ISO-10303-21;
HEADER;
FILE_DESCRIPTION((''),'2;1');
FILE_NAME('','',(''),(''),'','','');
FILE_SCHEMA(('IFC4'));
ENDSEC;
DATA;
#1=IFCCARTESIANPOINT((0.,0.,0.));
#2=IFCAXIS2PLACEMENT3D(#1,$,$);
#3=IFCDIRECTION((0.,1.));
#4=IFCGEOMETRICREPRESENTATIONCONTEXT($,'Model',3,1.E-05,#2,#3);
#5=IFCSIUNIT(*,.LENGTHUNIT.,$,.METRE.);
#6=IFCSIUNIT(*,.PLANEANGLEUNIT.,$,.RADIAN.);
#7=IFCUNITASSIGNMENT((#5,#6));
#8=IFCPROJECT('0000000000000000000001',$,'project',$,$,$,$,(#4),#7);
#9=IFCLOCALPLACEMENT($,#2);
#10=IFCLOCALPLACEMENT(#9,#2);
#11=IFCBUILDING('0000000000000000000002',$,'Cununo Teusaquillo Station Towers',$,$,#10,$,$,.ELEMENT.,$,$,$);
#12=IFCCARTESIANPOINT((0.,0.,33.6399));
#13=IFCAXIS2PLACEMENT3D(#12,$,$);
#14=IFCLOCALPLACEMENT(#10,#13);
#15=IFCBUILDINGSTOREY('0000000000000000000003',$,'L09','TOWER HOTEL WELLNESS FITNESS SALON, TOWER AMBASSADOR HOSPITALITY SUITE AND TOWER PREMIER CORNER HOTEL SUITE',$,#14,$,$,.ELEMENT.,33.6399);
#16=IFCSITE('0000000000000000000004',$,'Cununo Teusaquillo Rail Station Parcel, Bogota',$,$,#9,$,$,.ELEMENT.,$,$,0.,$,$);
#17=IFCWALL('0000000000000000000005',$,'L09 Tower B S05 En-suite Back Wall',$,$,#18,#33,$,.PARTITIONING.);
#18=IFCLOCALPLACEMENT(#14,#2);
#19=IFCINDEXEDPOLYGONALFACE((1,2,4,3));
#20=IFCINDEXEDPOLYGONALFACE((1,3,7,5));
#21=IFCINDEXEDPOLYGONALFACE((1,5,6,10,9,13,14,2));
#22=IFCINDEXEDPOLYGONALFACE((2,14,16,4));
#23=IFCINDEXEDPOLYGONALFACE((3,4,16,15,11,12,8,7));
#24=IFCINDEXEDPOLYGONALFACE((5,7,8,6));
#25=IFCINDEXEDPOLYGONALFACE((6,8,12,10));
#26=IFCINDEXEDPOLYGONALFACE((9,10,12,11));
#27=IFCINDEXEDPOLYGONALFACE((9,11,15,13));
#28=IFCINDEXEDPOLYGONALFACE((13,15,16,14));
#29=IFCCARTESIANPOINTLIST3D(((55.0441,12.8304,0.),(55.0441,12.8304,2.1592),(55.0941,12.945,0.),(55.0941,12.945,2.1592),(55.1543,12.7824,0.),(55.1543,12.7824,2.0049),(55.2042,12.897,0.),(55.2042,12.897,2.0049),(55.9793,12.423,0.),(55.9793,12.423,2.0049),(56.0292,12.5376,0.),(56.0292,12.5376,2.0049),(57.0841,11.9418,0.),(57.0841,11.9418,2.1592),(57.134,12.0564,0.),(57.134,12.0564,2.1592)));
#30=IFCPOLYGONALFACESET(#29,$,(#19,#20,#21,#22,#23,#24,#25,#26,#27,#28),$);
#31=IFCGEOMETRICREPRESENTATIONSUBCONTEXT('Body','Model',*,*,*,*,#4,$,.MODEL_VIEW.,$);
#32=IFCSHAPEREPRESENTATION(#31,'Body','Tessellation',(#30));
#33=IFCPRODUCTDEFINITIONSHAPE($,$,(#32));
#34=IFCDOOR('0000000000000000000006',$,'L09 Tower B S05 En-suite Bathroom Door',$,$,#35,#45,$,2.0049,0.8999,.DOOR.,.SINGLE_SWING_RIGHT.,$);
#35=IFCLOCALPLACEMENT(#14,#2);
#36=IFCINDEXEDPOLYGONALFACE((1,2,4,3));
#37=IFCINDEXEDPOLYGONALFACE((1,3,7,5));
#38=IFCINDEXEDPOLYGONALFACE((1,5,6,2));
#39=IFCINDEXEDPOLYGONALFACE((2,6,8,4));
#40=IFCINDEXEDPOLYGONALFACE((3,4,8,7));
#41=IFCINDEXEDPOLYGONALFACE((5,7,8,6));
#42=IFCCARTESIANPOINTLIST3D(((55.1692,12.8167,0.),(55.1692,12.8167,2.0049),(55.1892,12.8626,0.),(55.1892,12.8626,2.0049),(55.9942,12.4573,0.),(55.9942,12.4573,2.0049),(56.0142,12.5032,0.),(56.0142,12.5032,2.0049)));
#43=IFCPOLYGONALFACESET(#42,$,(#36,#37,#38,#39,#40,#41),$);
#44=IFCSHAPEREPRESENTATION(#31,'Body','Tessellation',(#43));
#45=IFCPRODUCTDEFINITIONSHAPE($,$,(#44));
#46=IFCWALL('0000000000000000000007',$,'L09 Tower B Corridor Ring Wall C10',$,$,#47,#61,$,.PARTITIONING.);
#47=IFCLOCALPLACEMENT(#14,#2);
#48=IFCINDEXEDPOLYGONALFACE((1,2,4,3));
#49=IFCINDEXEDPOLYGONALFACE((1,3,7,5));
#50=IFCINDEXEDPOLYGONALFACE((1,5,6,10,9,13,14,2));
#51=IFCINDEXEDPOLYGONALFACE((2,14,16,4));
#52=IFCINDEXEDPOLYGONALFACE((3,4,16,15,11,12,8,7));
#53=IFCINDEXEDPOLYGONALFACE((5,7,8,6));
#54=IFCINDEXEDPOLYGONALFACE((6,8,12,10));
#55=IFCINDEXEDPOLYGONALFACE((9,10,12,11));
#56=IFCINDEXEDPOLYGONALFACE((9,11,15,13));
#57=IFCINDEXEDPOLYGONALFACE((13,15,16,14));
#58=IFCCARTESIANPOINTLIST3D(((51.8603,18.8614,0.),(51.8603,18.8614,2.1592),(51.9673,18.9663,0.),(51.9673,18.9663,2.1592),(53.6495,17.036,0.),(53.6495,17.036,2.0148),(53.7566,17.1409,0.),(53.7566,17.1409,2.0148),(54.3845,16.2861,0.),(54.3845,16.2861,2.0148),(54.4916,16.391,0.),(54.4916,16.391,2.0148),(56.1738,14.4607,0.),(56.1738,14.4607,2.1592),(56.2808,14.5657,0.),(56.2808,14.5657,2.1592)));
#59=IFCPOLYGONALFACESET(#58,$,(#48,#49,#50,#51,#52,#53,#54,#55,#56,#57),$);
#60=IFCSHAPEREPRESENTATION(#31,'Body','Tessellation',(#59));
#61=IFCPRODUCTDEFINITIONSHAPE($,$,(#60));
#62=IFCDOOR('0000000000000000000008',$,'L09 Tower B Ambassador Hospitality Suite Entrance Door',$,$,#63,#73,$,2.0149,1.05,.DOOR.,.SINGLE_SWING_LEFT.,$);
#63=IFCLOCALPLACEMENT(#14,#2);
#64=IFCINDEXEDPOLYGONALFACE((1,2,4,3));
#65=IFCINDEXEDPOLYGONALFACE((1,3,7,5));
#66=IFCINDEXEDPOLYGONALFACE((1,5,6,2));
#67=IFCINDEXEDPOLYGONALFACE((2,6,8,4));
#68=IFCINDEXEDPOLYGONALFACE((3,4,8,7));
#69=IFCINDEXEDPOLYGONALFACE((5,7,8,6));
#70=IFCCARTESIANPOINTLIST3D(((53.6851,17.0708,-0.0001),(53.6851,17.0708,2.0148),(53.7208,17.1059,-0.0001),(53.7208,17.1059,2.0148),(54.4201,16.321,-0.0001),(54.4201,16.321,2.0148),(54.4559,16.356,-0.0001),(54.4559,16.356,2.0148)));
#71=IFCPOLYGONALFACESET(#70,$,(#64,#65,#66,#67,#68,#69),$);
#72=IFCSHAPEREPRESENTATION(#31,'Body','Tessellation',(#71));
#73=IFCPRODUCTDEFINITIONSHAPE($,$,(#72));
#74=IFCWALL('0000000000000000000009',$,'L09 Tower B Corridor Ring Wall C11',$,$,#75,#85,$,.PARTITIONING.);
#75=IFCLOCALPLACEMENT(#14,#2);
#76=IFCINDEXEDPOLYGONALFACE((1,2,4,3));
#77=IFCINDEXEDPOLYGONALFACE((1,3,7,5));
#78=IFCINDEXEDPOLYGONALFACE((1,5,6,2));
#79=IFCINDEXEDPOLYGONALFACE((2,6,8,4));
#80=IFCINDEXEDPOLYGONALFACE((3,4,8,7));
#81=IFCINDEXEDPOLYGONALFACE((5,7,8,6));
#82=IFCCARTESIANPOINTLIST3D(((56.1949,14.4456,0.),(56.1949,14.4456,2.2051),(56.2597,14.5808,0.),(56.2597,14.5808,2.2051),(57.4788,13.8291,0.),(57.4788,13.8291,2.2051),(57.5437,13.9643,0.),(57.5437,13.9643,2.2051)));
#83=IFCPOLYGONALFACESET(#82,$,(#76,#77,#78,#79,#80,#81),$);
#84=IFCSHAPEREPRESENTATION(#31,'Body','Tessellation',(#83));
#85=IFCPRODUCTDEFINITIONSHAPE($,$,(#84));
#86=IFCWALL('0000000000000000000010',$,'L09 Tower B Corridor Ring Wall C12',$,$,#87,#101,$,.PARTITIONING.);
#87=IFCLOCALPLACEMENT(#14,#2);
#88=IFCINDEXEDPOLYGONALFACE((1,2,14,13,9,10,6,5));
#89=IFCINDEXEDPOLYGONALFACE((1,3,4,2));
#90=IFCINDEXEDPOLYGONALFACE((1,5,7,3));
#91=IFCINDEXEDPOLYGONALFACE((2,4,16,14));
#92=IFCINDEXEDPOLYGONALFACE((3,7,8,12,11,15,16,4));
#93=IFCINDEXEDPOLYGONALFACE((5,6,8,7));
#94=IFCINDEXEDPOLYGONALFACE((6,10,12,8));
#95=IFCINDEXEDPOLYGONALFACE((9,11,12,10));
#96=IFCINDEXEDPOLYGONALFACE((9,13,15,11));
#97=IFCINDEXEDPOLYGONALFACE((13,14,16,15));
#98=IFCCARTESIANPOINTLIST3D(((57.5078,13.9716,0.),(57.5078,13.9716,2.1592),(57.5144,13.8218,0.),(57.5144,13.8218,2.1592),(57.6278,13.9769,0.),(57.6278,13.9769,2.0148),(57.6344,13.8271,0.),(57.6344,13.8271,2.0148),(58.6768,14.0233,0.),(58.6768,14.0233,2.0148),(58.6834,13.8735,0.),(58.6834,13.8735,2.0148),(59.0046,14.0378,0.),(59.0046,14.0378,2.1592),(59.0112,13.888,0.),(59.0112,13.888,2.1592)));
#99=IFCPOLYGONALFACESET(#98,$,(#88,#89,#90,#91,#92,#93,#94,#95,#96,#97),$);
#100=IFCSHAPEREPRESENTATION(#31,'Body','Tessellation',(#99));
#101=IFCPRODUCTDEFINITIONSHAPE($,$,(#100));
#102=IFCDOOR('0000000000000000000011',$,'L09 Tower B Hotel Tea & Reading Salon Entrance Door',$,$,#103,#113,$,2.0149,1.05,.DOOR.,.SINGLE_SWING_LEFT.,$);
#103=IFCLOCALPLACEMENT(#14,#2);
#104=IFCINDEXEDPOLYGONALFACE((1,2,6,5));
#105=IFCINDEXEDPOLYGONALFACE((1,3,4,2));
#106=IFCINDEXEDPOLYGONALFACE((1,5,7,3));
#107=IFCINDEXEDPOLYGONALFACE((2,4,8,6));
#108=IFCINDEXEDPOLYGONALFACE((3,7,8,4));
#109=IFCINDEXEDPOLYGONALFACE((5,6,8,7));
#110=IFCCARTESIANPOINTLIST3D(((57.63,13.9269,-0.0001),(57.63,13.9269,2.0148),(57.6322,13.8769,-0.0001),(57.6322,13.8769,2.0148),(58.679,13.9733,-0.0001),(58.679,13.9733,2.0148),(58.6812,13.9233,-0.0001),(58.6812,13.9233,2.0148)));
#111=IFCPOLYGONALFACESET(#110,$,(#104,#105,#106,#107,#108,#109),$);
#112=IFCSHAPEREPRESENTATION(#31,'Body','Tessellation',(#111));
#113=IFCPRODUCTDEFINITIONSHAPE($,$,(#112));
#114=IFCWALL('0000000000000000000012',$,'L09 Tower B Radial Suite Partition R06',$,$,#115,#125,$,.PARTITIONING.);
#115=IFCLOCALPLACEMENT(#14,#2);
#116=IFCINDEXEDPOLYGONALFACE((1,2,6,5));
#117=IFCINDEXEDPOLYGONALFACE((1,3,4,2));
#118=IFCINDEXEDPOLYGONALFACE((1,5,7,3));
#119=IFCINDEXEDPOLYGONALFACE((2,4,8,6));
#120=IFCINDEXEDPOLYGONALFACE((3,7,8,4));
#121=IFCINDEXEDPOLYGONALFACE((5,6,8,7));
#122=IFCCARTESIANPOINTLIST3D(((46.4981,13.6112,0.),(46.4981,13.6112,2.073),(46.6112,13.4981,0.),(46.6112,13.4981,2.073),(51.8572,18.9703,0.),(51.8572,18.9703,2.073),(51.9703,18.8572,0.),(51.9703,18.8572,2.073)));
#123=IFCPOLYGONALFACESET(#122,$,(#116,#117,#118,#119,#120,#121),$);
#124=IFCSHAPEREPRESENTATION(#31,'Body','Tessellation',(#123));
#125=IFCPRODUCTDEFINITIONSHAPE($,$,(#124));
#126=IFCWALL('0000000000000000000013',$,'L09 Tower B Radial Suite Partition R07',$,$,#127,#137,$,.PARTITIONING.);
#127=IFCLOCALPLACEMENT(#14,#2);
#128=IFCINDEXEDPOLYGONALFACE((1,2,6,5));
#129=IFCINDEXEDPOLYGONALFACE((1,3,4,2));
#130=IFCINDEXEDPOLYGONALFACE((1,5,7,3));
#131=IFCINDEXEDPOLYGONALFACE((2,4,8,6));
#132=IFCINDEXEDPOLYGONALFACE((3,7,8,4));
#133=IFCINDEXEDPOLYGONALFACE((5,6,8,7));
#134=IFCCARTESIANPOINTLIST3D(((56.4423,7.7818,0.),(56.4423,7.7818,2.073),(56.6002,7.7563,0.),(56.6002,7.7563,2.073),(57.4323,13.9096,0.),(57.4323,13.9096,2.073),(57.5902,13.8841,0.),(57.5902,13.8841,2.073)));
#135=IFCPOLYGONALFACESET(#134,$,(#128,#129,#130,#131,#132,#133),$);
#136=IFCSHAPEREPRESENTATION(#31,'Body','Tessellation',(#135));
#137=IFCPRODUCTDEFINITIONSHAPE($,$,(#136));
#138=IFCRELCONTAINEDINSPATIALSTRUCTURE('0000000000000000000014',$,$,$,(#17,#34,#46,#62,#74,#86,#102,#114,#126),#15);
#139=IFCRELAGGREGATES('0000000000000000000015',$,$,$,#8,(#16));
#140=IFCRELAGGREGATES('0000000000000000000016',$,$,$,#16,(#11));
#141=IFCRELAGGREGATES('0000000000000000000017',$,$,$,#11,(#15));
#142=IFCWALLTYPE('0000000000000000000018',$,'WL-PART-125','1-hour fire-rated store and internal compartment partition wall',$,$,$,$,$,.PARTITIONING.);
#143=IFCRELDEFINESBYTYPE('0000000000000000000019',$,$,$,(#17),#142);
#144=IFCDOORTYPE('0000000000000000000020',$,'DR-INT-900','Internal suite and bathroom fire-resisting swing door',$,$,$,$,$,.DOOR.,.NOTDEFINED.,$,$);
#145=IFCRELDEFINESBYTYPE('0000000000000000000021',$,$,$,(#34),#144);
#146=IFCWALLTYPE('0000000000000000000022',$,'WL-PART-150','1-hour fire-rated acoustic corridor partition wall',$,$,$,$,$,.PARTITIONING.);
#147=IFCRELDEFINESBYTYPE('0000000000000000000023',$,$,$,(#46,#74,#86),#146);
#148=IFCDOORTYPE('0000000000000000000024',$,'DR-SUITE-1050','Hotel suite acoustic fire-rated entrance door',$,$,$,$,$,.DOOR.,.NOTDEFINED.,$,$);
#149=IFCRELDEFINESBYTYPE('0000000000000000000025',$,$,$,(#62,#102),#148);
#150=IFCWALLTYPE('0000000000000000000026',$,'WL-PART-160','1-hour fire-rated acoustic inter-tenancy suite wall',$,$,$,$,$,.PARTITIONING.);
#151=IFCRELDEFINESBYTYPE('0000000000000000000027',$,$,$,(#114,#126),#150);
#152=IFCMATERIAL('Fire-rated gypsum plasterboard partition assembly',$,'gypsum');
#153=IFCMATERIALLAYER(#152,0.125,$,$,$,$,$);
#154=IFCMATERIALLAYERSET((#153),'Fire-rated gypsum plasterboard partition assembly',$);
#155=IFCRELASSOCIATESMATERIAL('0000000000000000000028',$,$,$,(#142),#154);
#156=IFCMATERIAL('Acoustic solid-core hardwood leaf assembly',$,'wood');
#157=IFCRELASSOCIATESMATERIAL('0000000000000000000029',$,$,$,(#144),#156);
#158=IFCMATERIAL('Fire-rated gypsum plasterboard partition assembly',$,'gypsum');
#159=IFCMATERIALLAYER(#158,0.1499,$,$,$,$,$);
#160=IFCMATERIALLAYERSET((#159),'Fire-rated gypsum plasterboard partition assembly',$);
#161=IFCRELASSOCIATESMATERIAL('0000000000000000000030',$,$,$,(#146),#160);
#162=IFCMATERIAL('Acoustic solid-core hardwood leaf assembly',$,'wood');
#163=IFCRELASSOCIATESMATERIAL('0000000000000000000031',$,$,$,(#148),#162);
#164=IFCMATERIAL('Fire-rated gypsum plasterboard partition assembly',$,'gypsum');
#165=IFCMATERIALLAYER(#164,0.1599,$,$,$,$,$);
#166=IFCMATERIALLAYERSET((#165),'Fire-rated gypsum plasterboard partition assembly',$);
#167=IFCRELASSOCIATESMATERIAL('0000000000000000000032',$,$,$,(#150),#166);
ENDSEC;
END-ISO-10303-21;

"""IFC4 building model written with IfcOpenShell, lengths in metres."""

from ifc_helpers import new_model, si_unit, direction, frame, frame_2d, origin, place, context, subcontext, project, spatial, rectangle, extrude, source, transform, mapped, material, layer, layer_set, type_object, element, fill, save


model = new_model("IFC4")

# Units and contexts
model_context = context("Model", 3, precision=1e-05, world=origin(), true_north=direction((0.0, 1.0)))
body_context = subcontext(model_context, "Body", "Model", "MODEL_VIEW")
ifc_project = project(units=[si_unit("LENGTHUNIT", "METRE"), si_unit("PLANEANGLEUNIT", "RADIAN")], contexts=[model_context])

# Site, building, storey
site_placement = place(None, origin())
site = spatial("IfcSite", under=ifc_project, at=site_placement, Name="Cununo Teusaquillo Rail Station Parcel, Bogota", CompositionType="ELEMENT", RefElevation=0.0)
building_placement = place(site_placement, origin())
building = spatial("IfcBuilding", under=site, at=building_placement, Name="Cununo Teusaquillo Station Towers", CompositionType="ELEMENT")
storey_placement = place(building_placement, frame((0.0, 0.0, 33.6399)))
storey = spatial("IfcBuildingStorey", under=building, at=storey_placement, Name="L09", Description="TOWER HOTEL WELLNESS FITNESS SALON, TOWER AMBASSADOR HOSPITALITY SUITE AND TOWER PREMIER CORNER HOTEL SUITE", CompositionType="ELEMENT", Elevation=33.6399)

# Shared definitions
ifc_material_1 = material(Name="Fire-rated gypsum plasterboard partition assembly", Category="gypsum")
ifc_layer_1 = layer(ifc_material_1, 0.125)
ifc_layer_set_1 = layer_set([ifc_layer_1], Name="Fire-rated gypsum plasterboard partition assembly")
wall_type_1 = type_object("IfcWallType", Name="WL-PART-125", Description="1-hour fire-rated store and internal compartment partition wall", PredefinedType="PARTITIONING", material=ifc_layer_set_1)

# Walls, openings, doors
wall_1_placement = place(storey_placement, frame((55.0691, 12.8877, 0.0), z_axis=(0.0, 0.0, 1.0), x_axis=(0.916791, -0.399368, 0.0)))
wall_1 = element("IfcWall", 1, at=wall_1_placement, inside=storey, type_object=wall_type_1, Name="L09 Tower B S05 En-suite Back Wall", PredefinedType="PARTITIONING", context=body_context, shape_type="SweptSolid", body=[
    extrude(rectangle(XDim=2.2251, YDim=0.125, at=frame_2d((1.1125, 0.0))), origin(), (0.0, 0.0, 1.0), 2.1592),
])
shared_shape_1 = source(origin(), body_context, "Body", "SweptSolid", [
    extrude(rectangle(XDim=0.8999, YDim=2.0049, at=frame_2d((0.45, 1.0024))), frame((0.0, 0.0725, 0.0), z_axis=(0.0, -1.0, 0.0), x_axis=(1.0, 0.0, 0.0)), (0.0, 0.0, 1.0), 0.145),
])
opening_1_placement = place(wall_1_placement, frame((0.1201, 0.0, 0.0)))
opening_1 = element("IfcOpeningElement", 2, at=opening_1_placement, cuts=wall_1, PredefinedType="OPENING", context=body_context, shape_type="MappedRepresentation", body=[
    mapped(shared_shape_1, transform((0.0, 0.0, 0.0), x_axis=(1.0, 0.0, 0.0), y_axis=(0.0, 1.0, 0.0), z_axis=(0.0, 0.0, 1.0), scale=1.0)),
])
ifc_material_2 = material(Name="Acoustic solid-core hardwood leaf assembly", Category="wood")
door_type_1 = type_object("IfcDoorType", Name="DR-INT-900", Description="Internal suite and bathroom fire-resisting swing door", OperationType="NOTDEFINED", PredefinedType="DOOR", material=ifc_material_2)
shared_shape_2 = source(origin(), body_context, "Body", "SweptSolid", [
    extrude(rectangle(XDim=0.8999, YDim=2.0049, at=frame_2d((0.45, 1.0024))), frame((0.0, 0.0249, 0.0), z_axis=(0.0, -1.0, 0.0), x_axis=(1.0, 0.0, 0.0)), (0.0, 0.0, 1.0), 0.05),
])
door_1_placement = place(opening_1_placement, origin())
door_1 = element("IfcDoor", 3, at=door_1_placement, inside=storey, type_object=door_type_1, Name="L09 Tower B S05 En-suite Bathroom Door", OperationType="SINGLE_SWING_RIGHT", OverallHeight=2.0049, OverallWidth=0.8999, PredefinedType="DOOR", context=body_context, shape_type="MappedRepresentation", body=[
    mapped(shared_shape_2, transform((0.0, 0.0, 0.0), x_axis=(1.0, 0.0, 0.0), y_axis=(0.0, 1.0, 0.0), z_axis=(0.0, 0.0, 1.0), scale=1.0)),
])
fill(opening_1, door_1)
ifc_material_3 = material(Name="Fire-rated gypsum plasterboard partition assembly", Category="gypsum")
ifc_layer_2 = layer(ifc_material_3, 0.1499)
ifc_layer_set_2 = layer_set([ifc_layer_2], Name="Fire-rated gypsum plasterboard partition assembly")
wall_type_2 = type_object("IfcWallType", Name="WL-PART-150", Description="1-hour fire-rated acoustic corridor partition wall", PredefinedType="PARTITIONING", material=ifc_layer_set_2)
wall_2_placement = place(storey_placement, frame((51.9138, 18.9138, 0.0), z_axis=(0.0, 0.0, 1.0), x_axis=(0.699999, -0.714144, 0.0)))
wall_2 = element("IfcWall", 4, at=wall_2_placement, inside=storey, type_object=wall_type_2, Name="L09 Tower B Corridor Ring Wall C10", PredefinedType="PARTITIONING", context=body_context, shape_type="SweptSolid", body=[
    extrude(rectangle(XDim=6.1621, YDim=0.1499, at=frame_2d((3.0811, 0.0))), origin(), (0.0, 0.0, 1.0), 2.1592),
])
shared_shape_3 = source(origin(), body_context, "Body", "SweptSolid", [
    extrude(rectangle(XDim=1.05, YDim=2.0149, at=frame_2d((0.5249, 1.0073))), frame((0.0, 0.085, 0.0), z_axis=(0.0, -1.0, 0.0), x_axis=(1.0, 0.0, 0.0)), (0.0, 0.0, 1.0), 0.1699),
])
opening_2_placement = place(wall_2_placement, frame((2.5562, 0.0, 0.0)))
opening_2 = element("IfcOpeningElement", 5, at=opening_2_placement, cuts=wall_2, PredefinedType="OPENING", context=body_context, shape_type="MappedRepresentation", body=[
    mapped(shared_shape_3, transform((0.0, 0.0, 0.0), x_axis=(1.0, 0.0, 0.0), y_axis=(0.0, 1.0, 0.0), z_axis=(0.0, 0.0, 1.0), scale=1.0)),
])
ifc_material_4 = material(Name="Acoustic solid-core hardwood leaf assembly", Category="wood")
door_type_2 = type_object("IfcDoorType", Name="DR-SUITE-1050", Description="Hotel suite acoustic fire-rated entrance door", OperationType="NOTDEFINED", PredefinedType="DOOR", material=ifc_material_4)
shared_shape_4 = source(origin(), body_context, "Body", "SweptSolid", [
    extrude(rectangle(XDim=1.05, YDim=2.0149, at=frame_2d((0.5249, 1.0073))), frame((0.0, 0.0249, 0.0), z_axis=(0.0, -1.0, 0.0), x_axis=(1.0, 0.0, 0.0)), (0.0, 0.0, 1.0), 0.05),
])
door_2_placement = place(opening_2_placement, origin())
door_2 = element("IfcDoor", 6, at=door_2_placement, inside=storey, type_object=door_type_2, Name="L09 Tower B Ambassador Hospitality Suite Entrance Door", OperationType="SINGLE_SWING_LEFT", OverallHeight=2.0149, OverallWidth=1.05, PredefinedType="DOOR", context=body_context, shape_type="MappedRepresentation", body=[
    mapped(shared_shape_4, transform((0.0, 0.0, 0.0), x_axis=(1.0, 0.0, 0.0), y_axis=(0.0, 1.0, 0.0), z_axis=(0.0, 0.0, 1.0), scale=1.0)),
])
fill(opening_2, door_2)

# Wall
wall_3_placement = place(storey_placement, frame((56.2273, 14.5132, 0.0), z_axis=(0.0, 0.0, 1.0), x_axis=(0.901478, -0.432826, 0.0)))
element("IfcWall", 7, at=wall_3_placement, inside=storey, type_object=wall_type_2, Name="L09 Tower B Corridor Ring Wall C11", PredefinedType="PARTITIONING", context=body_context, shape_type="SweptSolid", body=[
    extrude(rectangle(XDim=1.4243, YDim=0.1499, at=frame_2d((0.7122, 0.0))), origin(), (0.0, 0.0, 1.0), 2.2051),
])

# Wall, opening, door
wall_4_placement = place(storey_placement, frame((57.5112, 13.8967, 0.0), z_axis=(0.0, 0.0, 1.0), x_axis=(0.999025, 0.044158, 0.0)))
wall_4 = element("IfcWall", 8, at=wall_4_placement, inside=storey, type_object=wall_type_2, Name="L09 Tower B Corridor Ring Wall C12", PredefinedType="PARTITIONING", context=body_context, shape_type="SweptSolid", body=[
    extrude(rectangle(XDim=1.4983, YDim=0.1499, at=frame_2d((0.749, 0.0))), origin(), (0.0, 0.0, 1.0), 2.1592),
])
opening_3_placement = place(wall_4_placement, frame((0.1201, 0.0, 0.0)))
opening_3 = element("IfcOpeningElement", 9, at=opening_3_placement, cuts=wall_4, PredefinedType="OPENING", context=body_context, shape_type="MappedRepresentation", body=[
    mapped(shared_shape_3, transform((0.0, 0.0, 0.0), x_axis=(1.0, 0.0, 0.0), y_axis=(0.0, 1.0, 0.0), z_axis=(0.0, 0.0, 1.0), scale=1.0)),
])
door_3_placement = place(opening_3_placement, origin())
door_3 = element("IfcDoor", 10, at=door_3_placement, inside=storey, type_object=door_type_2, Name="L09 Tower B Hotel Tea & Reading Salon Entrance Door", OperationType="SINGLE_SWING_LEFT", OverallHeight=2.0149, OverallWidth=1.05, PredefinedType="DOOR", context=body_context, shape_type="MappedRepresentation", body=[
    mapped(shared_shape_4, transform((0.0, 0.0, 0.0), x_axis=(1.0, 0.0, 0.0), y_axis=(0.0, 1.0, 0.0), z_axis=(0.0, 0.0, 1.0), scale=1.0)),
])
fill(opening_3, door_3)

# Walls
ifc_material_5 = material(Name="Fire-rated gypsum plasterboard partition assembly", Category="gypsum")
ifc_layer_3 = layer(ifc_material_5, 0.1599)
ifc_layer_set_3 = layer_set([ifc_layer_3], Name="Fire-rated gypsum plasterboard partition assembly")
wall_type_3 = type_object("IfcWallType", Name="WL-PART-160", Description="1-hour fire-rated acoustic inter-tenancy suite wall", PredefinedType="PARTITIONING", material=ifc_layer_set_3)
wall_5_placement = place(storey_placement, frame((51.9138, 18.9138, 0.0), z_axis=(0.0, 0.0, 1.0), x_axis=(-0.707107, -0.707107, 0.0)))
element("IfcWall", 11, at=wall_5_placement, inside=storey, type_object=wall_type_3, Name="L09 Tower B Radial Suite Partition R06", PredefinedType="PARTITIONING", context=body_context, shape_type="SweptSolid", body=[
    extrude(rectangle(XDim=7.5789, YDim=0.1599, at=frame_2d((3.7896, 0.0))), origin(), (0.0, 0.0, 1.0), 2.073),
])
wall_6_placement = place(storey_placement, frame((57.5112, 13.8967, 0.0), z_axis=(0.0, 0.0, 1.0), x_axis=(-0.159486, -0.9872, 0.0)))
element("IfcWall", 12, at=wall_6_placement, inside=storey, type_object=wall_type_3, Name="L09 Tower B Radial Suite Partition R07", PredefinedType="PARTITIONING", context=body_context, shape_type="SweptSolid", body=[
    extrude(rectangle(XDim=6.2073, YDim=0.1599, at=frame_2d((3.1035, 0.0))), origin(), (0.0, 0.0, 1.0), 2.073),
])

save(model, "model.ifc")
